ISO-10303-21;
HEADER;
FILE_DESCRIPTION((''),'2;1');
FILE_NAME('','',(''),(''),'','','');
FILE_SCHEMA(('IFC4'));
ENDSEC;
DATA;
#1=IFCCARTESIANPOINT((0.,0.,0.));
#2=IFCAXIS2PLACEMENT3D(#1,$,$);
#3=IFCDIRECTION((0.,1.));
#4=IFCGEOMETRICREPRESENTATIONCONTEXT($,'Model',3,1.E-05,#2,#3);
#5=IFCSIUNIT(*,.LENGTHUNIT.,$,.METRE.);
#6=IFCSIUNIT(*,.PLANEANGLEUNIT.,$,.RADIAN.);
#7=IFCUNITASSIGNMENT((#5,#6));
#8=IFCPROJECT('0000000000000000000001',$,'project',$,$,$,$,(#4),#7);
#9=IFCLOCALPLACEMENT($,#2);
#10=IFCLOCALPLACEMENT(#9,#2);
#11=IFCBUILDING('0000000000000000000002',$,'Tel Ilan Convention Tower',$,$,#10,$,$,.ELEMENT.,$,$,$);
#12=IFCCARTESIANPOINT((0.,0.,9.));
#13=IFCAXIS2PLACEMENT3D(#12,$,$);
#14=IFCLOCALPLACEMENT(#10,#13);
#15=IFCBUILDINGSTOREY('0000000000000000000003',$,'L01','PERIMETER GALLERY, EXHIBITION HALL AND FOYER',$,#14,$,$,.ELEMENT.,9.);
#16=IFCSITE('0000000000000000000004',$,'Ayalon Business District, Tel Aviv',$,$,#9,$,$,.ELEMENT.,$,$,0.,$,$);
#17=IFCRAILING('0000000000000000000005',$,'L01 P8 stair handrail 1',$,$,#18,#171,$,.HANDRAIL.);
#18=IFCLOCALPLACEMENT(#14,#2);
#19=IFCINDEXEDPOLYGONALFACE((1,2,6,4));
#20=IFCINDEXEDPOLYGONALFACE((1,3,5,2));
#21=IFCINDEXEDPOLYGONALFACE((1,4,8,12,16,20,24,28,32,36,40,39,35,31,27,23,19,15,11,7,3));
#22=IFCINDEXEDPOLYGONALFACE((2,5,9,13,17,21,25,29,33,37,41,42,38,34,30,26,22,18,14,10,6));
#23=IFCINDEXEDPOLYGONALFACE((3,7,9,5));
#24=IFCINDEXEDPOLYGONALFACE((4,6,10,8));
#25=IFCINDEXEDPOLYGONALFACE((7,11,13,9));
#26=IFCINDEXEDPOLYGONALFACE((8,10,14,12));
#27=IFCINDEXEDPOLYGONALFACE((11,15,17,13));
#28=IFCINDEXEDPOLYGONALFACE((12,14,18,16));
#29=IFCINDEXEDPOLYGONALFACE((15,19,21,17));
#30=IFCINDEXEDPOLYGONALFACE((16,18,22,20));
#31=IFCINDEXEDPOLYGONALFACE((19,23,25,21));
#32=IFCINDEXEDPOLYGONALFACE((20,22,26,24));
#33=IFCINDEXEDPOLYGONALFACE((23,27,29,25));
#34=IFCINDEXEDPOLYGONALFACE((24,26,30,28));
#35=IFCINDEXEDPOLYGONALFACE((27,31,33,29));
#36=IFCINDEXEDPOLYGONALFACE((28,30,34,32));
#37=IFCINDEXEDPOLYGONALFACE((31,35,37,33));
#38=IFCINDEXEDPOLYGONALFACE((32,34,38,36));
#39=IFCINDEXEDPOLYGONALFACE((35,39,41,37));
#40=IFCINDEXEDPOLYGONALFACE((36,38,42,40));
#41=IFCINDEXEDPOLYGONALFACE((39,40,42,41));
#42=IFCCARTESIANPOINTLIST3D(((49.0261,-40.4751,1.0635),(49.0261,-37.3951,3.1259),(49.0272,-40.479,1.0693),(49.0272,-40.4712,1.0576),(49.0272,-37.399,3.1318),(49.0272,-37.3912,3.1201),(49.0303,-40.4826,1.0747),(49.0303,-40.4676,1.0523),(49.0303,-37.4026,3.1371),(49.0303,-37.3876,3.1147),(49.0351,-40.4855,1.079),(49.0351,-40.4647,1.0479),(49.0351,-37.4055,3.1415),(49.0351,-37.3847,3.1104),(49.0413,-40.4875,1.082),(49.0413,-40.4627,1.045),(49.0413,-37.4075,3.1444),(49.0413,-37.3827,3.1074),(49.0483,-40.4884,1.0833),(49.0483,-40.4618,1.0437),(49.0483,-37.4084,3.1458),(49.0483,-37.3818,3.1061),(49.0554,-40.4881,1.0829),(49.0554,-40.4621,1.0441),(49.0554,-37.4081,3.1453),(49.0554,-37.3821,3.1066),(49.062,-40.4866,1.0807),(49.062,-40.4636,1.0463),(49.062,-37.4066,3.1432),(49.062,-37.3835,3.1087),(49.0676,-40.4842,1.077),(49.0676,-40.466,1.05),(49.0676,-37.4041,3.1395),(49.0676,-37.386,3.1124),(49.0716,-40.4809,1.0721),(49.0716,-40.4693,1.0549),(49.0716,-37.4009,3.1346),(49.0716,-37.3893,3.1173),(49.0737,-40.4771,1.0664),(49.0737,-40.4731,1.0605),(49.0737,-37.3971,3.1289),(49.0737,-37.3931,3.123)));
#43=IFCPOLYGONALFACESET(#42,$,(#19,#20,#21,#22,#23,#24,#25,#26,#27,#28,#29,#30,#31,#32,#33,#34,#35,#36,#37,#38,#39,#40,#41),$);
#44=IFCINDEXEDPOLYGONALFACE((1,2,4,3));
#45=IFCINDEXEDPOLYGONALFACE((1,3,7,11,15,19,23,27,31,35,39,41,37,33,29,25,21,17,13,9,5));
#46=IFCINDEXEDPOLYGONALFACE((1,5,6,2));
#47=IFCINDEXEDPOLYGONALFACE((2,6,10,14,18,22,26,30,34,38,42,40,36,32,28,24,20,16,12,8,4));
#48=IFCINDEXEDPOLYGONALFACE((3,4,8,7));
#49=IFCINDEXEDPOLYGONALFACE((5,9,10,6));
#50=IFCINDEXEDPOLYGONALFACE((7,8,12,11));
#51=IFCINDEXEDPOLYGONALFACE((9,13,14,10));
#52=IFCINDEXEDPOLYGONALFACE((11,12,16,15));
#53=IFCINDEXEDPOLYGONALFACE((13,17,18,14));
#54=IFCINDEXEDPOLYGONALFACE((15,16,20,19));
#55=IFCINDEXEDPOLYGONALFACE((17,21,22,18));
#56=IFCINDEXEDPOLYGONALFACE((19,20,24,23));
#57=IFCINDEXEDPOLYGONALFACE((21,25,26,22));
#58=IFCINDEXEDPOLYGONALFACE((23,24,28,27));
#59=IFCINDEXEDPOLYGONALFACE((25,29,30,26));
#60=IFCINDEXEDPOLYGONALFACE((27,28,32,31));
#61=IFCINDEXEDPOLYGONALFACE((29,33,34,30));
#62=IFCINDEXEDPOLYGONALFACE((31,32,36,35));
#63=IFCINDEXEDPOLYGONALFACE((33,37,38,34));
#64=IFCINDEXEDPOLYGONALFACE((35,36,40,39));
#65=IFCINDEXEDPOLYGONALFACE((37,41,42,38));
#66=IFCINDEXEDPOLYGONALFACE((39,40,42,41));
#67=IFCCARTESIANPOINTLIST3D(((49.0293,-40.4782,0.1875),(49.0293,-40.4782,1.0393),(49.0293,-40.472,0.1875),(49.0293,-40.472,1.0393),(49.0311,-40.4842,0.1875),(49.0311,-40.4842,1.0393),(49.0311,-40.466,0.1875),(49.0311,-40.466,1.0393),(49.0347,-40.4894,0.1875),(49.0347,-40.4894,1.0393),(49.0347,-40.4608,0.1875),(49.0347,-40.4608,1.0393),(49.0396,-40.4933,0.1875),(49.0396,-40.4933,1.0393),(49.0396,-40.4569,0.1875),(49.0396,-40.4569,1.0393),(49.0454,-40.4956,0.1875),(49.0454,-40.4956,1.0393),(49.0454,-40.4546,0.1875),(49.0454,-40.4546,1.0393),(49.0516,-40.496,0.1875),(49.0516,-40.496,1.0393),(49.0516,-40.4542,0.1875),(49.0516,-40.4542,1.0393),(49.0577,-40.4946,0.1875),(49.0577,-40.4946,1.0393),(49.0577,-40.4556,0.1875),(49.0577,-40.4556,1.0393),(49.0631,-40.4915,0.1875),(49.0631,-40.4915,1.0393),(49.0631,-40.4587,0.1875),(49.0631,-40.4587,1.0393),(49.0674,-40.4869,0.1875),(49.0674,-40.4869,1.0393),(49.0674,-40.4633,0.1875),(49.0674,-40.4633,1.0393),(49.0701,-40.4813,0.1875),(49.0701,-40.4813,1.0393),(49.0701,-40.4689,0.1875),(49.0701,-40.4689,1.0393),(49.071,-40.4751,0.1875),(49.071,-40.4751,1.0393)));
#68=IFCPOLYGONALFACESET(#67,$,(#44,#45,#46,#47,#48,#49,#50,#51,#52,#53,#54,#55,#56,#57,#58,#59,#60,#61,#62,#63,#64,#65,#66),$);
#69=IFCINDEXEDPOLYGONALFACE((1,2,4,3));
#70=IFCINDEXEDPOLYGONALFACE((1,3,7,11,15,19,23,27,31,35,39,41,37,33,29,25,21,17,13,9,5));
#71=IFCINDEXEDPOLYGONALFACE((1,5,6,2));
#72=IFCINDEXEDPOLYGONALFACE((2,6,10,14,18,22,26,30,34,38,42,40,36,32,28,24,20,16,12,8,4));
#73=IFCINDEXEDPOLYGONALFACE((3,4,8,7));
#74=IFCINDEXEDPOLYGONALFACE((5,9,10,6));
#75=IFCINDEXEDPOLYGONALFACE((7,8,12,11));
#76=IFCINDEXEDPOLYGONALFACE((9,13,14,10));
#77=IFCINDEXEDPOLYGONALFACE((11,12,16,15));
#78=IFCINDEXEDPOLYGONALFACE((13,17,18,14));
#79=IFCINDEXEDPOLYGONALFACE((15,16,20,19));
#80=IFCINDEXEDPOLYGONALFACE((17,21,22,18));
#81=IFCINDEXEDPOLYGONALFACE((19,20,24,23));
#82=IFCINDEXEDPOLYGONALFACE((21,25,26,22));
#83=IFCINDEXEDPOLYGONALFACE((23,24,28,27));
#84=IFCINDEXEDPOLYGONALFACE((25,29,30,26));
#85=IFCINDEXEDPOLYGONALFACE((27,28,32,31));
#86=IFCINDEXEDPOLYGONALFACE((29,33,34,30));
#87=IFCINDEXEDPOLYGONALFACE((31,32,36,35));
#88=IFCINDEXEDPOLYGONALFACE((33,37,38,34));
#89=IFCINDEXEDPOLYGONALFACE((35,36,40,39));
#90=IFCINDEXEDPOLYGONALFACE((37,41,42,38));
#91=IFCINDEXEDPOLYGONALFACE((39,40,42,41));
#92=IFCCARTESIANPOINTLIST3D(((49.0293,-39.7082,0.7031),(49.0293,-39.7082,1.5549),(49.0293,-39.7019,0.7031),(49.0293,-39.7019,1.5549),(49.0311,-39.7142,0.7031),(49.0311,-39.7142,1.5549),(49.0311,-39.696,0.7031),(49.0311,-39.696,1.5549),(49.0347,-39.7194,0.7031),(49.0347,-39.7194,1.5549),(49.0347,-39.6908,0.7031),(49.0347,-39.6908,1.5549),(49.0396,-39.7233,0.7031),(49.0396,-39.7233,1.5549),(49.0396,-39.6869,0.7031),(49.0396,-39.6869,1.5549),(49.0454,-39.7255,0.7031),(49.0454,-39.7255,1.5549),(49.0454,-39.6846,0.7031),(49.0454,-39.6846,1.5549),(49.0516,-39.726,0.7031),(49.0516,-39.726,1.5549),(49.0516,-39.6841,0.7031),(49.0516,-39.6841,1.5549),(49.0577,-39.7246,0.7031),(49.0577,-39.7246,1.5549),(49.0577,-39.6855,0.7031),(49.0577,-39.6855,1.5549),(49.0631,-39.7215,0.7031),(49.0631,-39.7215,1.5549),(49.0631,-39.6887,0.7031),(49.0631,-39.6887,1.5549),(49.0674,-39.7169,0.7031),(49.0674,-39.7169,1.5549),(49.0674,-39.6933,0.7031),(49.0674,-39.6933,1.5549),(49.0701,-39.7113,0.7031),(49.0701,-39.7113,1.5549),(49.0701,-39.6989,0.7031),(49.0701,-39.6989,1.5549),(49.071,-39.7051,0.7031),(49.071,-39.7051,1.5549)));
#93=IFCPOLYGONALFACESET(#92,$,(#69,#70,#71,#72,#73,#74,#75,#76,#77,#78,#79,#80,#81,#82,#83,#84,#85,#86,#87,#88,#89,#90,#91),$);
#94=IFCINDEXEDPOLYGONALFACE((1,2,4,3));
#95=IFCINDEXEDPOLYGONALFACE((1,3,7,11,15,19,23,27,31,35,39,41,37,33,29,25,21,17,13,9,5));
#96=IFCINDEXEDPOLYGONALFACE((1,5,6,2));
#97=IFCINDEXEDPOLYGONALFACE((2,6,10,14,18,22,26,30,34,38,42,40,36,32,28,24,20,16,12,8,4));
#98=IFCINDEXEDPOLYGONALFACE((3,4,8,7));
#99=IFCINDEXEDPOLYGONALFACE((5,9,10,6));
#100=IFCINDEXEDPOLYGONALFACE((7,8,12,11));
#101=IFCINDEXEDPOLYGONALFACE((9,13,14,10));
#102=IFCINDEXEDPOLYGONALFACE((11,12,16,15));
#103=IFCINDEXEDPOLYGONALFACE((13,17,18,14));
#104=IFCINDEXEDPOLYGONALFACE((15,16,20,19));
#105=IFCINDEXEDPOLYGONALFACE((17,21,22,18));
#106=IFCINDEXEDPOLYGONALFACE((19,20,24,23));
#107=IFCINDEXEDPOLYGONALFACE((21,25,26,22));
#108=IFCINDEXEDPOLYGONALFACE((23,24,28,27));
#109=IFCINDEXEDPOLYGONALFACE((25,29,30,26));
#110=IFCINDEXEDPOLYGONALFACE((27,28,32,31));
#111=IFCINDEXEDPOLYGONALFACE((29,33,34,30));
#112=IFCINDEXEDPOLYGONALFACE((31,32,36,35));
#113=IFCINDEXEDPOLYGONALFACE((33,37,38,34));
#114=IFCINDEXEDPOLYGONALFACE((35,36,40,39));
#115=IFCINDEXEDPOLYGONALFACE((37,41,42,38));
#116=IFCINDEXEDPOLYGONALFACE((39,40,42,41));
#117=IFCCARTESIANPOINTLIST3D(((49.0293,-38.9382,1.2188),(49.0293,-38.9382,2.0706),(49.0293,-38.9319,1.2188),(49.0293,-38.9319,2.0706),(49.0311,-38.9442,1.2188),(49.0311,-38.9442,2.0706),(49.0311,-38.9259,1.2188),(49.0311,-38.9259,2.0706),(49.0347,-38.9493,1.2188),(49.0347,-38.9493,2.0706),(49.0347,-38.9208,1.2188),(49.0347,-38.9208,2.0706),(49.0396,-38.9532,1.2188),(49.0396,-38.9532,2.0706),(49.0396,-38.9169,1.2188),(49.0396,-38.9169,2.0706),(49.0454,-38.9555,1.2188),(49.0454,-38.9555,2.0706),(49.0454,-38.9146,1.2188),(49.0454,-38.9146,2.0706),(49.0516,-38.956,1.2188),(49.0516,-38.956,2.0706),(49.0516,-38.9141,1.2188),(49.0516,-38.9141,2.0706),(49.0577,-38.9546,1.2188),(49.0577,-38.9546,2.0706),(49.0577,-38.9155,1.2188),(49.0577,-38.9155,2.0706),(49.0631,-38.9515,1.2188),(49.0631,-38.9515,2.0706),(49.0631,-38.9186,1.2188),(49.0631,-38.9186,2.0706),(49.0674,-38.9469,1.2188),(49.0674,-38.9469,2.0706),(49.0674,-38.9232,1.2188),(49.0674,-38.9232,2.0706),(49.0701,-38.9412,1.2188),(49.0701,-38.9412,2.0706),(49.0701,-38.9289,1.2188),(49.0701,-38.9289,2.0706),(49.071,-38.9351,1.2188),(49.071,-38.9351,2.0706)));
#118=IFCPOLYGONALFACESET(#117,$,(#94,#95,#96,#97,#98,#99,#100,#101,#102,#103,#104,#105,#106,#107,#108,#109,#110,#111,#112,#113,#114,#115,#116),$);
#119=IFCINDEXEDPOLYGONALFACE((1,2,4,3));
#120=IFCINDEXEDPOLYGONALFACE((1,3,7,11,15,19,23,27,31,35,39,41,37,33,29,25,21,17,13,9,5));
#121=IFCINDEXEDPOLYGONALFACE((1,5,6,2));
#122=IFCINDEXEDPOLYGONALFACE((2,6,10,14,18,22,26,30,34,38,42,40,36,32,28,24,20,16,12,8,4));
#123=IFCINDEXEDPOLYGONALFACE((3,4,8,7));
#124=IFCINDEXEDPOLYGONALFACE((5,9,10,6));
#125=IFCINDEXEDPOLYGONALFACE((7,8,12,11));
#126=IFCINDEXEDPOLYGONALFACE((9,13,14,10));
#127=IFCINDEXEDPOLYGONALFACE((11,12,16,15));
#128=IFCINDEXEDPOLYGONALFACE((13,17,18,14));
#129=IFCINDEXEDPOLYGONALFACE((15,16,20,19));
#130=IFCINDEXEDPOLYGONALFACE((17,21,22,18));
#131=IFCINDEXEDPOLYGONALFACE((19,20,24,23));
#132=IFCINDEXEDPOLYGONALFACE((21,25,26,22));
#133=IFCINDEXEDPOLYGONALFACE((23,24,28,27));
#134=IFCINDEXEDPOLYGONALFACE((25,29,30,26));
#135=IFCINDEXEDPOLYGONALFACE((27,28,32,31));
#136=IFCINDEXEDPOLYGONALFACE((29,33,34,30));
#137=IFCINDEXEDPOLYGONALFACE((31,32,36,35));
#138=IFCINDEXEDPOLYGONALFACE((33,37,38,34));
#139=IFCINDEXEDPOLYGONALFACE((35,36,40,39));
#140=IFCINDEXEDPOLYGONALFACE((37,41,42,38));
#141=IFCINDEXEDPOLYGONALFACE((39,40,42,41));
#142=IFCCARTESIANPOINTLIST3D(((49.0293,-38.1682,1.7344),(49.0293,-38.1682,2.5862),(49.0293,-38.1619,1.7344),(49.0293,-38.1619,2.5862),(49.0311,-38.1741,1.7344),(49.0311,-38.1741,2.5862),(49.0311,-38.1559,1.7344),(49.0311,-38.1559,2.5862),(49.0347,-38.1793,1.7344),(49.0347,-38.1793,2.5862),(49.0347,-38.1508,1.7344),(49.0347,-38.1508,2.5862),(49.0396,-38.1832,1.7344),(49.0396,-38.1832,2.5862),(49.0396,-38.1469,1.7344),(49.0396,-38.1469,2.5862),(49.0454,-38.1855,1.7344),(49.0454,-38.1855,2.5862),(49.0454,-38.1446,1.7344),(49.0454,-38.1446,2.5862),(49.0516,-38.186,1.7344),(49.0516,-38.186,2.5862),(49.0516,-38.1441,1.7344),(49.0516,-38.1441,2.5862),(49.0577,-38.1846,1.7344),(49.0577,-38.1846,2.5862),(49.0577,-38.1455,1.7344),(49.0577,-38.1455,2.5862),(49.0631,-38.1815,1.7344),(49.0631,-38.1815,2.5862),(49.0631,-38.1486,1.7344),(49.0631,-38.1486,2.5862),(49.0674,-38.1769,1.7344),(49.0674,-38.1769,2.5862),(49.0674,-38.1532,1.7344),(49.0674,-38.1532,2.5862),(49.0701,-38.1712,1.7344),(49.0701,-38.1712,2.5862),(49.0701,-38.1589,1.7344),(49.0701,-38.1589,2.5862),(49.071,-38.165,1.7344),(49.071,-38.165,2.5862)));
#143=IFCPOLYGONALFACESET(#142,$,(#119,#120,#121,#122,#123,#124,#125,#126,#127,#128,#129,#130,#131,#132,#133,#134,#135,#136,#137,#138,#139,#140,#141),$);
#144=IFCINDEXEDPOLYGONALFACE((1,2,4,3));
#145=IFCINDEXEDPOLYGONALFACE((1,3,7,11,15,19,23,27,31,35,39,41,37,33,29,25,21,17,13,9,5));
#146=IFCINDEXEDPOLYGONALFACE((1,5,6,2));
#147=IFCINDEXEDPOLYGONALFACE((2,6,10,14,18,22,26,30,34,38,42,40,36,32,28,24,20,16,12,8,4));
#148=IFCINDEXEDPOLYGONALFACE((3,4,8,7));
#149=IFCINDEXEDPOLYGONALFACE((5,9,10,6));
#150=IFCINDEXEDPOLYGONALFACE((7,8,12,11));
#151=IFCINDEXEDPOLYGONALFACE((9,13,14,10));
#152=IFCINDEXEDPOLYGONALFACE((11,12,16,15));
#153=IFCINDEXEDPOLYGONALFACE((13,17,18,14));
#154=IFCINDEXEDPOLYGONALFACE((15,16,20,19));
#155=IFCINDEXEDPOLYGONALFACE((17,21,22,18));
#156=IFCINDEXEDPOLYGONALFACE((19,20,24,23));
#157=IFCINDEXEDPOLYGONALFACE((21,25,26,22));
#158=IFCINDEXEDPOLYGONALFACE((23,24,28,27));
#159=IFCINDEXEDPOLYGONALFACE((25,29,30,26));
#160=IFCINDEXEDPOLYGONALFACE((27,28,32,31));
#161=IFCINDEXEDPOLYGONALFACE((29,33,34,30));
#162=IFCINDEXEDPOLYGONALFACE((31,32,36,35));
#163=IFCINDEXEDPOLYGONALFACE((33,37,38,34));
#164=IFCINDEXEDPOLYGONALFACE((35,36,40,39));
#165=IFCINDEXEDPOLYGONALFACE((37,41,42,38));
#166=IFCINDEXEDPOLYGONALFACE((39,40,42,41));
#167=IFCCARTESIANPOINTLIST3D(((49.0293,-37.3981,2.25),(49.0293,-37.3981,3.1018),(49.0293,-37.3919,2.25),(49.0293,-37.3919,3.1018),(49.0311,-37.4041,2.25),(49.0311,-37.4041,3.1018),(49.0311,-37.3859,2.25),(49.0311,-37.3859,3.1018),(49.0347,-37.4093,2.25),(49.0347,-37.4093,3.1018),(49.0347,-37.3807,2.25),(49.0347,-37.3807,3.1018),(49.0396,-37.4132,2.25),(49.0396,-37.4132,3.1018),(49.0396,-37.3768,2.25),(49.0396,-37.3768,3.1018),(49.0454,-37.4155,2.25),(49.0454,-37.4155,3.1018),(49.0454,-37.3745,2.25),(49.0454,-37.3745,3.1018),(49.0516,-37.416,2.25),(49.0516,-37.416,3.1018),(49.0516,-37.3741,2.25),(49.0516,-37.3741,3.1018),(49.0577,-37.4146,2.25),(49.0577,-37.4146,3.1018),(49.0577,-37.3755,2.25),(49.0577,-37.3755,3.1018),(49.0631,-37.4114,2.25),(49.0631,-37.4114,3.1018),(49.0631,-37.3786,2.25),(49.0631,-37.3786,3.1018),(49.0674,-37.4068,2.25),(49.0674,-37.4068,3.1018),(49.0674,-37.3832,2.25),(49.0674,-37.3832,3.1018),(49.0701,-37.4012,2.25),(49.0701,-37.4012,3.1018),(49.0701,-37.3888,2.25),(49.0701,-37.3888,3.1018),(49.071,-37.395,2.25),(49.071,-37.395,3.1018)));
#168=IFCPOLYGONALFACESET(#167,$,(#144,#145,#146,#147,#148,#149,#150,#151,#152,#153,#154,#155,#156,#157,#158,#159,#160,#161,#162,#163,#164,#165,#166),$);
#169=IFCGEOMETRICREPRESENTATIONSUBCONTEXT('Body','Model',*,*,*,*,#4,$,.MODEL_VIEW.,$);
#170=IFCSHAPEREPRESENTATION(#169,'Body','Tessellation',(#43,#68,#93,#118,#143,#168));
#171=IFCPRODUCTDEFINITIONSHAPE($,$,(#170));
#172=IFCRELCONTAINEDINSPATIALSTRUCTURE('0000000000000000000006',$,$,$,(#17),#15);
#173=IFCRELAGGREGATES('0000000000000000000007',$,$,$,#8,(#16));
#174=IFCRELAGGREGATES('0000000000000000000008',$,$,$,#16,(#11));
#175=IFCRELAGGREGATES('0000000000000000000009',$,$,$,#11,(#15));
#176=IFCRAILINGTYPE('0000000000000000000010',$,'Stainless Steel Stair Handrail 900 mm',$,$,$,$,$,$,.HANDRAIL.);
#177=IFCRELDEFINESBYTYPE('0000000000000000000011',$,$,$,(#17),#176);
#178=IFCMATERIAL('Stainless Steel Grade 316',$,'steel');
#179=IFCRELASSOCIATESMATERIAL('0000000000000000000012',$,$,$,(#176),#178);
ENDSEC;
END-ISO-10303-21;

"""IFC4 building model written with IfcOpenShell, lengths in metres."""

from ifc_helpers import new_model, si_unit, direction, frame, origin, origin_2d, place, context, subcontext, project, spatial, circle, extrude, material, type_object, element, save


model = new_model("IFC4")

# Units and contexts
model_context = context("Model", 3, precision=1e-05, world=origin(), true_north=direction((0.0, 1.0)))
body_context = subcontext(model_context, "Body", "Model", "MODEL_VIEW")
ifc_project = project(units=[si_unit("LENGTHUNIT", "METRE"), si_unit("PLANEANGLEUNIT", "RADIAN")], contexts=[model_context])

# Site, building, storey
site_placement = place(None, origin())
site = spatial("IfcSite", under=ifc_project, at=site_placement, Name="Ayalon Business District, Tel Aviv", CompositionType="ELEMENT", RefElevation=0.0)
building_placement = place(site_placement, origin())
building = spatial("IfcBuilding", under=site, at=building_placement, Name="Tel Ilan Convention Tower", CompositionType="ELEMENT")
storey_placement = place(building_placement, frame((0.0, 0.0, 9.0)))
storey = spatial("IfcBuildingStorey", under=building, at=storey_placement, Name="L01", Description="PERIMETER GALLERY, EXHIBITION HALL AND FOYER", CompositionType="ELEMENT", Elevation=9.0)

# Railing
ifc_material_1 = material(Name="Stainless Steel Grade 316", Category="steel")
railing_type_1 = type_object("IfcRailingType", Name="Stainless Steel Stair Handrail 900 mm", PredefinedType="HANDRAIL", material=ifc_material_1)
railing_1_placement = place(storey_placement, frame((49.05, -40.4751, 0.1875)))
element("IfcRailing", 1, at=railing_1_placement, inside=storey, type_object=railing_type_1, Name="L01 P8 stair handrail 1", PredefinedType="HANDRAIL", context=body_context, shape_type="SweptSolid", body=[
    extrude(circle(Radius=0.0239, at=origin_2d()), frame((0.0, 0.0, 0.876), z_axis=(0.0, 0.830914, 0.556401), x_axis=(-1.0, 0.0, 0.0)), (0.0, 0.0, 1.0), 3.7068),
    extrude(circle(Radius=0.021, at=origin_2d()), origin(), (0.0, 0.0, 1.0), 0.8518),
    extrude(circle(Radius=0.021, at=origin_2d()), frame((0.0, 0.77, 0.5156)), (0.0, 0.0, 1.0), 0.8518),
    extrude(circle(Radius=0.021, at=origin_2d()), frame((0.0, 1.54, 1.0312)), (0.0, 0.0, 1.0), 0.8518),
    extrude(circle(Radius=0.021, at=origin_2d()), frame((0.0, 2.3101, 1.5469)), (0.0, 0.0, 1.0), 0.8518),
    extrude(circle(Radius=0.021, at=origin_2d()), frame((0.0, 3.0801, 2.0625)), (0.0, 0.0, 1.0), 0.8518),
])

save(model, "model.ifc")
